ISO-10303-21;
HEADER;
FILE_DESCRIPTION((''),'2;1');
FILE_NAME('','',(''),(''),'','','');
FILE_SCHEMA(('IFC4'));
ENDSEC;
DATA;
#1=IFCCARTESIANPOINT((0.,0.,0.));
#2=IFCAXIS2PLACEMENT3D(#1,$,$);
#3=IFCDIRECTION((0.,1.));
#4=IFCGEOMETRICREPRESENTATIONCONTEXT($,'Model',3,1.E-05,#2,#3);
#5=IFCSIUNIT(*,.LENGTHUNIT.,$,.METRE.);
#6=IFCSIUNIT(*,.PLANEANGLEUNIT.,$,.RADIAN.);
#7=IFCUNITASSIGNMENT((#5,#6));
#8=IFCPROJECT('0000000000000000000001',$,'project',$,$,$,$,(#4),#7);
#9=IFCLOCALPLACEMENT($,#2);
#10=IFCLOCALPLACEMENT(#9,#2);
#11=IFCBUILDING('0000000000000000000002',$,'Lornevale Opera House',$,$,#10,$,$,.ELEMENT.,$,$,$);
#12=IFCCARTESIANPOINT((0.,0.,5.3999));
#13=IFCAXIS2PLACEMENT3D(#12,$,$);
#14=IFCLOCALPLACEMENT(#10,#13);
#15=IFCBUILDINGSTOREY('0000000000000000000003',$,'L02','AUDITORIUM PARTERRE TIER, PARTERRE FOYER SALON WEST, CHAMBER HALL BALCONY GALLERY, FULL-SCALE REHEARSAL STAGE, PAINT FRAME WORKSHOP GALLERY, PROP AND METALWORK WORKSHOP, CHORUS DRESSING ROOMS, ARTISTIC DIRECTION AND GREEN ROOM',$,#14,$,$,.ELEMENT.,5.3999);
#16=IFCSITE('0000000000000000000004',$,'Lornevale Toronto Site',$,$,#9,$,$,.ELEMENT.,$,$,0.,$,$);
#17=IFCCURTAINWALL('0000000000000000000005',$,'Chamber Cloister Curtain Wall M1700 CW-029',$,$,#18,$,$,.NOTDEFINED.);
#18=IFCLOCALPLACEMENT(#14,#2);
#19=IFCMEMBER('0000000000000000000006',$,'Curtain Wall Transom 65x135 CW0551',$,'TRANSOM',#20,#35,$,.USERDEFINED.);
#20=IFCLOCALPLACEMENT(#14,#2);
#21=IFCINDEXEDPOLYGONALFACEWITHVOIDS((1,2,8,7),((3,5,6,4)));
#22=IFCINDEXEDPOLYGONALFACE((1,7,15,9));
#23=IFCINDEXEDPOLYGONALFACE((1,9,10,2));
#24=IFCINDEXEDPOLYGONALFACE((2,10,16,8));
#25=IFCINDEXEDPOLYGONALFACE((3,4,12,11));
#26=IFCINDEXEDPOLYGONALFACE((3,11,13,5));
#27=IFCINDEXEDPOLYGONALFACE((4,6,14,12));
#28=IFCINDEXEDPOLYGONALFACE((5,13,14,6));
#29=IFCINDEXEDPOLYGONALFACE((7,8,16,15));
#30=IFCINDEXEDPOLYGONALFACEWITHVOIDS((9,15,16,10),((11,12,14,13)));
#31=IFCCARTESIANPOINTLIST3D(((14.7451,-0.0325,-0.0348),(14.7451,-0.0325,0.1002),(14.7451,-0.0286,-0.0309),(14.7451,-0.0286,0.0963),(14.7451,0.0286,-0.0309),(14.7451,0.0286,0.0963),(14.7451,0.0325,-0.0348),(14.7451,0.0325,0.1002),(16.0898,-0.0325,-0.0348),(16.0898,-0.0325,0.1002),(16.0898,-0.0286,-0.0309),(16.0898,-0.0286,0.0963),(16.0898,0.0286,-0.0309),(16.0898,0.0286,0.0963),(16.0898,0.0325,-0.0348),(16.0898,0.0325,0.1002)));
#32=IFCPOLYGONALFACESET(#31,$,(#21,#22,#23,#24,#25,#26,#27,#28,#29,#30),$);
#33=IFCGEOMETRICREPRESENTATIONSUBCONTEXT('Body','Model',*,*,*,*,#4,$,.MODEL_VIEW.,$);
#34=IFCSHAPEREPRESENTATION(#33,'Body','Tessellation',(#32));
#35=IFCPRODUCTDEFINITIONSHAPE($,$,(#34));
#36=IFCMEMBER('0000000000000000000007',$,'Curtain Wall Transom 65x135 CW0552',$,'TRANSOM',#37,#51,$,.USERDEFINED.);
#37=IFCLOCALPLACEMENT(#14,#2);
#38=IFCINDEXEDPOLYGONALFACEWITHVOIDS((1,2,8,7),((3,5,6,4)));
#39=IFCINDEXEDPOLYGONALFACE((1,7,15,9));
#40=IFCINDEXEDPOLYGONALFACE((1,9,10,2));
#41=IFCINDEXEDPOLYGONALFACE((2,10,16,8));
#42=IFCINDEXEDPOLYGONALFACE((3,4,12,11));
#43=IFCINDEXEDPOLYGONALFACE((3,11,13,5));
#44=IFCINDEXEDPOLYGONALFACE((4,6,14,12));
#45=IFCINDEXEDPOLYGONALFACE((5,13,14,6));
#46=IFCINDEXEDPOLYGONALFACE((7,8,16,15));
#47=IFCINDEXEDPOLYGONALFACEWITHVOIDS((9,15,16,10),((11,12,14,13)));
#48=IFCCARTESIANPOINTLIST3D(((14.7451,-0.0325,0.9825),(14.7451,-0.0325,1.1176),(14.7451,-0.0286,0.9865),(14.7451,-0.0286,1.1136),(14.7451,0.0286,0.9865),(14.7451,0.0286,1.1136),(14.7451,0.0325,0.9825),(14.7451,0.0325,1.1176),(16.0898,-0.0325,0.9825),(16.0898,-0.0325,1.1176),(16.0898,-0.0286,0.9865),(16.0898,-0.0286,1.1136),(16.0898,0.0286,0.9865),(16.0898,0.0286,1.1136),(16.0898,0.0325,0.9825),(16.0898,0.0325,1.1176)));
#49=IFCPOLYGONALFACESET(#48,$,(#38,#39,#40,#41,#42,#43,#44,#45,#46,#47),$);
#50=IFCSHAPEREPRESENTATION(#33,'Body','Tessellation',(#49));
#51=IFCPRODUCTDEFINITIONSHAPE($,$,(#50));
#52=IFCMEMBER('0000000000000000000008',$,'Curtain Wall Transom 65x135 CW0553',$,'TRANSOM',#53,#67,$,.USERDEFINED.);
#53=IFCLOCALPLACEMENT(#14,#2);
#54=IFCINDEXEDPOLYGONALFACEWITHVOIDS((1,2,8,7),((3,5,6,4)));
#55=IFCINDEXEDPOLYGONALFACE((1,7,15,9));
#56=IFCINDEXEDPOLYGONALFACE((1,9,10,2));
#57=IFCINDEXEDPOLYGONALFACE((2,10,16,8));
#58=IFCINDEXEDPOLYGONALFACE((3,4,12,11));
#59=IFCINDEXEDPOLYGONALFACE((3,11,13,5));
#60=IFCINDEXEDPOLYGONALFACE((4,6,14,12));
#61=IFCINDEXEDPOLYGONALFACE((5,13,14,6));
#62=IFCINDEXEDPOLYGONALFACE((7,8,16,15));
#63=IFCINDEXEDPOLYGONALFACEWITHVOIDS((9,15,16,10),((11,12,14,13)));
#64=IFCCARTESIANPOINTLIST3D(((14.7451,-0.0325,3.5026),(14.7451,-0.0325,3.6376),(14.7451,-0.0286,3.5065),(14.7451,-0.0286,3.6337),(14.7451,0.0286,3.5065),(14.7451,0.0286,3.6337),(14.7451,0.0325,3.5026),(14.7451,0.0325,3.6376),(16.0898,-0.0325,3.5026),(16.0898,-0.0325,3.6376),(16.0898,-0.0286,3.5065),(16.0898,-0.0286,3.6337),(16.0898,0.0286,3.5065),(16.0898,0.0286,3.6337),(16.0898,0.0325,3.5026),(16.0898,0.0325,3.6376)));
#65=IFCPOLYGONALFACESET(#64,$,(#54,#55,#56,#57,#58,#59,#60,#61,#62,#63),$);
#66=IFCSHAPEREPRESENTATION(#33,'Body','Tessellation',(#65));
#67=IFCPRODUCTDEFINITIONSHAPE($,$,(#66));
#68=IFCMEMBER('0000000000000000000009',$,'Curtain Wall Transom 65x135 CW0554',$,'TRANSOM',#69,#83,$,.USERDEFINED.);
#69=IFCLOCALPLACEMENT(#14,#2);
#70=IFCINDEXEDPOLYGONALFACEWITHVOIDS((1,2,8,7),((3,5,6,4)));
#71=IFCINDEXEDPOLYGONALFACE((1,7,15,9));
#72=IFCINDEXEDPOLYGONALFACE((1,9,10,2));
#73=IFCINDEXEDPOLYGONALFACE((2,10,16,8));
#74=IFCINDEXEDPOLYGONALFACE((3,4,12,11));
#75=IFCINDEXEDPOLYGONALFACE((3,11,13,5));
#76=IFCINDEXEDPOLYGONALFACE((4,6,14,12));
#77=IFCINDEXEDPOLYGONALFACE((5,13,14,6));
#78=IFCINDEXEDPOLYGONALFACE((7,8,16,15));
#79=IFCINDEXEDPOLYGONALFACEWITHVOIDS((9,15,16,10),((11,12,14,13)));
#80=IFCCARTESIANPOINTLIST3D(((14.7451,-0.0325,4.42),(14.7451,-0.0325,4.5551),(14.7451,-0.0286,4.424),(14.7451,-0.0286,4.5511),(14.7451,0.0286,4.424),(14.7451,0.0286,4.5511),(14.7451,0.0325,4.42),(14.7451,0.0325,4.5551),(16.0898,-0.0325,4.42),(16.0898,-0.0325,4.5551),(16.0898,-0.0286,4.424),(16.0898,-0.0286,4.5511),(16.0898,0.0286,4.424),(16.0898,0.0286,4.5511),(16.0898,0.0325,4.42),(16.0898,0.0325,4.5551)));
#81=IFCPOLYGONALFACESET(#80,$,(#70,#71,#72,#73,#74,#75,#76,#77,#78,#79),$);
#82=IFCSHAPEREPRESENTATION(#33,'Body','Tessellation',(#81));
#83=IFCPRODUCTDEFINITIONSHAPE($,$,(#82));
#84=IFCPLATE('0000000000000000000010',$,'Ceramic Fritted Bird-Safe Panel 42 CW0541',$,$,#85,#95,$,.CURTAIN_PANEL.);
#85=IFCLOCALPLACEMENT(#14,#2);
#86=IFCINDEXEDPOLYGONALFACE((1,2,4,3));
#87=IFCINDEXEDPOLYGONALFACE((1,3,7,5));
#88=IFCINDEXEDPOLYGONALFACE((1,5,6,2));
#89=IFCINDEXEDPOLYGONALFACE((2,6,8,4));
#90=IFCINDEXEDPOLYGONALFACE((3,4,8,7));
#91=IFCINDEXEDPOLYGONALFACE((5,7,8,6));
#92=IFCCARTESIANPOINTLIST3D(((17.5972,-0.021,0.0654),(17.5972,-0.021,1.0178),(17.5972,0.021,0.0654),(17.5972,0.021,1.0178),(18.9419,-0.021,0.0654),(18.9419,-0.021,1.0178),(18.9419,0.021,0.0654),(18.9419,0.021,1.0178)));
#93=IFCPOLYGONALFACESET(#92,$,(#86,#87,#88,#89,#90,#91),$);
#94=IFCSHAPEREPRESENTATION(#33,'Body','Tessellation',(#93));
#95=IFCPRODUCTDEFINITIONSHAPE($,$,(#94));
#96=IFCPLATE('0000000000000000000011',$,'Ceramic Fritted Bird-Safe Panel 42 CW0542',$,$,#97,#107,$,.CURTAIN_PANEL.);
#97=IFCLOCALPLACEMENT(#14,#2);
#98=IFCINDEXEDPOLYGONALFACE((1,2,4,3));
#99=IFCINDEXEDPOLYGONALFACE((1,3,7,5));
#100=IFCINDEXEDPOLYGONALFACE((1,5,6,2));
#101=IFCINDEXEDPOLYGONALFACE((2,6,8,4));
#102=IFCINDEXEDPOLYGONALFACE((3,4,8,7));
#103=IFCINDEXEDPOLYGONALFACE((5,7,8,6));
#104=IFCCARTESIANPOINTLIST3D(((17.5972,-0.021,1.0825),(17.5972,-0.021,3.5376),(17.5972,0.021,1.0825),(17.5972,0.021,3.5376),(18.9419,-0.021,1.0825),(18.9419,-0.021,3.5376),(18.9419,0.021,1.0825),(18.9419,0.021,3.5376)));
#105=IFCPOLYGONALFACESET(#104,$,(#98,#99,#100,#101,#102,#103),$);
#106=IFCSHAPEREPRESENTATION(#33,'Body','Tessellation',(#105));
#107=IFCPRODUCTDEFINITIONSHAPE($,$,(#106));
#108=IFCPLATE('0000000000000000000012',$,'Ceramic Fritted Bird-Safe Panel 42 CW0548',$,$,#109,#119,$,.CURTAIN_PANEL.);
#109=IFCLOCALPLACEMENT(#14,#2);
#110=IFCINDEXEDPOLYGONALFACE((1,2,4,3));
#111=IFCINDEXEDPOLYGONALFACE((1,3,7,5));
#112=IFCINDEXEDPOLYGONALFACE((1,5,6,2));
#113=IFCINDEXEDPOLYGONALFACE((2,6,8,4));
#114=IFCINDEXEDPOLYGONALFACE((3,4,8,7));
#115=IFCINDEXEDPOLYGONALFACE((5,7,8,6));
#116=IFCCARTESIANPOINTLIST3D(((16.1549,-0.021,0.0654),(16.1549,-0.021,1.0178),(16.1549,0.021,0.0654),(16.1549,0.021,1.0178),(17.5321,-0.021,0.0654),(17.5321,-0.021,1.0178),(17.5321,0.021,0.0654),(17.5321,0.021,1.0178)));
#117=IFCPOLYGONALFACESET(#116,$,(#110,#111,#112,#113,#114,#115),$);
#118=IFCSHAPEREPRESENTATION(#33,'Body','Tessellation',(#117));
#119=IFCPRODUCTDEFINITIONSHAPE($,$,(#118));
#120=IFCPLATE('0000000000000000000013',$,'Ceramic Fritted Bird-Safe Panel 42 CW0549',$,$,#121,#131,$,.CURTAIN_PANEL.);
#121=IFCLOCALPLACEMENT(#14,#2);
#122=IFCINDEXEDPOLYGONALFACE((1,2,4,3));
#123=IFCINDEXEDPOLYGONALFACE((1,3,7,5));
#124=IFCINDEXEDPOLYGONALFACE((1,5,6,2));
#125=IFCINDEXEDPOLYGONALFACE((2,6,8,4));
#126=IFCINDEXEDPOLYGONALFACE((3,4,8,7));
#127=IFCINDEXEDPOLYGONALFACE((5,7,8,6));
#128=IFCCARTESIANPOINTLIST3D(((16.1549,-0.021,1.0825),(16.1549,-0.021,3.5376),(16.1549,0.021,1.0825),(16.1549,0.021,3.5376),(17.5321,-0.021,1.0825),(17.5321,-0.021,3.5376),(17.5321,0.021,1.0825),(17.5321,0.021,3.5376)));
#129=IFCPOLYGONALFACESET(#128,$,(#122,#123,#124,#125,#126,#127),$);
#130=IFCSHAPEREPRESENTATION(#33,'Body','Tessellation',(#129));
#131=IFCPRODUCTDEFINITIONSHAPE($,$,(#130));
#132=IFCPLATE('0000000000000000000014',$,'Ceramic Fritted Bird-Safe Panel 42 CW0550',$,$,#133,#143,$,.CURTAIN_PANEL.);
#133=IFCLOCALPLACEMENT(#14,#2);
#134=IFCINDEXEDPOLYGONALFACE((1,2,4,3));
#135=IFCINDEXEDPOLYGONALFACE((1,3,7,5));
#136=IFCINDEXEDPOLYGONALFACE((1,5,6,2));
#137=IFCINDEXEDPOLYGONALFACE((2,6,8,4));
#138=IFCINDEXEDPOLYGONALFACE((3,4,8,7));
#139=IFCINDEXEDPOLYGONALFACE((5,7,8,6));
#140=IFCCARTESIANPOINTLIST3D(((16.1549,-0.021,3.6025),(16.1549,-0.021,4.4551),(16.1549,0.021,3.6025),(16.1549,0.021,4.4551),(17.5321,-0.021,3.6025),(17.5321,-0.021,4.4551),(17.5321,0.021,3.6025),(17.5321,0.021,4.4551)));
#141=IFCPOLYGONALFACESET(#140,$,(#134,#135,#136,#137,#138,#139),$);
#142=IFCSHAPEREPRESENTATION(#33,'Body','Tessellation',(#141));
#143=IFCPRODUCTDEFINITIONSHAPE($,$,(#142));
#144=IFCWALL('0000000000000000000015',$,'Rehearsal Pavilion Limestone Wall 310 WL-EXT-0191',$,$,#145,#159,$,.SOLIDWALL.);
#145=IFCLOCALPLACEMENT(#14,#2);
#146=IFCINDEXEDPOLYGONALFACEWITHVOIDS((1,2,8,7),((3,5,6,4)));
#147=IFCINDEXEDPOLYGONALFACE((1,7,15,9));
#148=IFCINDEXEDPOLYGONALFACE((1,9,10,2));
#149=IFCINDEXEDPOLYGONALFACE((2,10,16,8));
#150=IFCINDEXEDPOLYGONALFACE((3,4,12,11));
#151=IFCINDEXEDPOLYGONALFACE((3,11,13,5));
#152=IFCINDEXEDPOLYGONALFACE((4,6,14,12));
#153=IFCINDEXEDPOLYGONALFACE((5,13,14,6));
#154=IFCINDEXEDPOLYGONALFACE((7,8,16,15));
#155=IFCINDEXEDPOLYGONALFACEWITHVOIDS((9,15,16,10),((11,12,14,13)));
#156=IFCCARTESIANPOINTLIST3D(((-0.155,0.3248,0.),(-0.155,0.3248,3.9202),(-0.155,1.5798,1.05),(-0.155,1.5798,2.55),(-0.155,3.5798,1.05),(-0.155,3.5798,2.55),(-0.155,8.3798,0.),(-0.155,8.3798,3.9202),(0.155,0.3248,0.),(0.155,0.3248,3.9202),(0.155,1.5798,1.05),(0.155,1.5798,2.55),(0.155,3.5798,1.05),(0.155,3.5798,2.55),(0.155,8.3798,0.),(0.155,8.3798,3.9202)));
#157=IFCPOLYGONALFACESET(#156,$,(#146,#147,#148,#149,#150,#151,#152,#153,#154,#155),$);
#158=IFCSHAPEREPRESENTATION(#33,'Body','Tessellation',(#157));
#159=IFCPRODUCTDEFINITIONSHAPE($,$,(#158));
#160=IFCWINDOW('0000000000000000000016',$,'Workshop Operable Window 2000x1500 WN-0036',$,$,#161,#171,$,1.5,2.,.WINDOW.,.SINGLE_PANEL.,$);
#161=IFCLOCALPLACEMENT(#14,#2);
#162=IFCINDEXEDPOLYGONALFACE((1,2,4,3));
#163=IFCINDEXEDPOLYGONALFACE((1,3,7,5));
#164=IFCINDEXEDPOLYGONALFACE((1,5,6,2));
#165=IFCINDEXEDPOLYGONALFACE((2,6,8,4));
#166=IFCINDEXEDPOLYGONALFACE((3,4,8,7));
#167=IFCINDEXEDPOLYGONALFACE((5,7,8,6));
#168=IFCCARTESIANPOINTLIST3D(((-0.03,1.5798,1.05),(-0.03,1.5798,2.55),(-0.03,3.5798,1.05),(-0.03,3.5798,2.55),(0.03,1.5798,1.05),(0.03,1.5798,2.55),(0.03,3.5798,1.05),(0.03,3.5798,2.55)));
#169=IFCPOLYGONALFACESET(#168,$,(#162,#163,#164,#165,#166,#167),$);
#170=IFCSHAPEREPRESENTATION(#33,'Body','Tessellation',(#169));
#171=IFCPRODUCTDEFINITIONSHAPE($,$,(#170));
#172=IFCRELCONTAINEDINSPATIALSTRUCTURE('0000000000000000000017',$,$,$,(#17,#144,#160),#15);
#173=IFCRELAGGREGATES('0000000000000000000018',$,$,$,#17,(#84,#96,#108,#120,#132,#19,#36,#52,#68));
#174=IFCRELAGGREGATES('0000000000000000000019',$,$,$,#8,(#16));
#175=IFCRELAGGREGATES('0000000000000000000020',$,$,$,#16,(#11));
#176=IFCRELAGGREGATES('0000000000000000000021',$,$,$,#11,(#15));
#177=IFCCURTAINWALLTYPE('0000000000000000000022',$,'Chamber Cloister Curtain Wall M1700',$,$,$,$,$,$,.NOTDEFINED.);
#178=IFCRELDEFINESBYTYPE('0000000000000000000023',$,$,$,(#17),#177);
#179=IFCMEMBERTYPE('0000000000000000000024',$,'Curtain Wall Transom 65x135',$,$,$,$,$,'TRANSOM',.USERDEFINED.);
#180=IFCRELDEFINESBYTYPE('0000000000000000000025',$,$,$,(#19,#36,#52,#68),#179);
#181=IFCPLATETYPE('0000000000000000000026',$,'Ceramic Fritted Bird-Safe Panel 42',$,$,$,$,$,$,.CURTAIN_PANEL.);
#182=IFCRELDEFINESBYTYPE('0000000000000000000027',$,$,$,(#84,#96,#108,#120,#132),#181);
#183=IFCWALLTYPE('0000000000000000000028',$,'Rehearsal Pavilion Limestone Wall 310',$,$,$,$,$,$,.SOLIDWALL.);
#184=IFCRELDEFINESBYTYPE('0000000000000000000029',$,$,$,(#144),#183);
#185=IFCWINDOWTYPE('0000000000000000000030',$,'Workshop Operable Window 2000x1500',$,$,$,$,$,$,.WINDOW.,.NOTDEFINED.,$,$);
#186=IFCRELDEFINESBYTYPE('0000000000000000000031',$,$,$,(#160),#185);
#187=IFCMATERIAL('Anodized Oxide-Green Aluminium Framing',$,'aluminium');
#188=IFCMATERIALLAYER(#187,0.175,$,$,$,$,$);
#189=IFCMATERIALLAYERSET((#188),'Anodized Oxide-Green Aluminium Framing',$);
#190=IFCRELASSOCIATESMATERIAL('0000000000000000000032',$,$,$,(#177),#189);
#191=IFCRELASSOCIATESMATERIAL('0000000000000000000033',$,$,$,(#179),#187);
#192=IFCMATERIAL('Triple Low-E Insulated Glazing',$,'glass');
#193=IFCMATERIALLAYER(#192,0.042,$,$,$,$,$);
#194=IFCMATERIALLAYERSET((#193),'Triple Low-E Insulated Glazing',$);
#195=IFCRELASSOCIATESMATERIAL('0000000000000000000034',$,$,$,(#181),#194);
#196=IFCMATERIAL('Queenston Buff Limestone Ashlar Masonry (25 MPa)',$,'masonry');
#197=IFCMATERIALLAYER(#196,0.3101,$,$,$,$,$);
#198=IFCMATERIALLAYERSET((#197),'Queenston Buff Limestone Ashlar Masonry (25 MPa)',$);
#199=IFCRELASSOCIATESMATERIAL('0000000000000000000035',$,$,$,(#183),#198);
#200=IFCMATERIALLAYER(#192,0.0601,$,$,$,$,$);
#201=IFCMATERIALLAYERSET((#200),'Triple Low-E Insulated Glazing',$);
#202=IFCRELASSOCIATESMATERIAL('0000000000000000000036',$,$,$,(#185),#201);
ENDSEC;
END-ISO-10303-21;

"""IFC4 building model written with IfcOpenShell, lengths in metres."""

from ifc_helpers import new_model, si_unit, direction, frame, frame_2d, origin, origin_2d, place, context, subcontext, project, spatial, rectangle, hollow_rectangle, extrude, material, layer, layer_set, material_profile, profile_set, type_object, element, fill, aggregate, save


model = new_model("IFC4")

# Units and contexts
model_context = context("Model", 3, precision=1e-05, world=origin(), true_north=direction((0.0, 1.0)))
body_context = subcontext(model_context, "Body", "Model", "MODEL_VIEW")
ifc_project = project(units=[si_unit("LENGTHUNIT", "METRE"), si_unit("PLANEANGLEUNIT", "RADIAN")], contexts=[model_context])

# Site, building, storey
site_placement = place(None, origin())
site = spatial("IfcSite", under=ifc_project, at=site_placement, Name="Lornevale Toronto Site", CompositionType="ELEMENT", RefElevation=0.0)
building_placement = place(site_placement, origin())
building = spatial("IfcBuilding", under=site, at=building_placement, Name="Lornevale Opera House", CompositionType="ELEMENT")
storey_placement = place(building_placement, frame((0.0, 0.0, 5.3999)))
storey = spatial("IfcBuildingStorey", under=building, at=storey_placement, Name="L02", Description="AUDITORIUM PARTERRE TIER, PARTERRE FOYER SALON WEST, CHAMBER HALL BALCONY GALLERY, FULL-SCALE REHEARSAL STAGE, PAINT FRAME WORKSHOP GALLERY, PROP AND METALWORK WORKSHOP, CHORUS DRESSING ROOMS, ARTISTIC DIRECTION AND GREEN ROOM", CompositionType="ELEMENT", Elevation=5.3999)

# Curtain wall, members, plates
ifc_material_1 = material(Name="Anodized Oxide-Green Aluminium Framing", Category="aluminium")
ifc_layer_1 = layer(ifc_material_1, 0.175)
ifc_layer_set_1 = layer_set([ifc_layer_1], Name="Anodized Oxide-Green Aluminium Framing")
curtain_wall_type = type_object("IfcCurtainWallType", Name="Chamber Cloister Curtain Wall M1700", PredefinedType="NOTDEFINED", material=ifc_layer_set_1)
curtain_wall_placement = place(storey_placement, origin())
curtain_wall = element("IfcCurtainWall", 1, at=curtain_wall_placement, inside=storey, type_object=curtain_wall_type, Name="Chamber Cloister Curtain Wall M1700 CW-029", PredefinedType="NOTDEFINED")
ifc_material_profile_1 = material_profile(ifc_material_1, hollow_rectangle(XDim=0.0649, YDim=0.135, WallThickness=0.0039, at=origin_2d()), Name="ALU65x135x4")
ifc_profile_set_1 = profile_set([ifc_material_profile_1], Name="Anodized Oxide-Green Aluminium Framing")
member_type_1 = type_object("IfcMemberType", Name="Curtain Wall Transom 65x135", ElementType="TRANSOM", PredefinedType="USERDEFINED", material=ifc_profile_set_1)
member_1_placement = place(storey_placement, frame((16.0898, 0.0, 0.0327), z_axis=(-1.0, 0.0, 0.0), x_axis=(0.0, -1.0, 0.0)))
member_1 = element("IfcMember", 2, at=member_1_placement, type_object=member_type_1, Name="Curtain Wall Transom 65x135 CW0551", ObjectType="TRANSOM", PredefinedType="USERDEFINED", context=body_context, shape_type="SweptSolid", body=[
    extrude(hollow_rectangle(XDim=0.0649, YDim=0.135, WallThickness=0.0039, at=origin_2d()), origin(), (0.0, 0.0, 1.0), 1.3447),
])
member_2_placement = place(storey_placement, frame((16.0898, 0.0, 1.05), z_axis=(-1.0, 0.0, 0.0), x_axis=(0.0, -1.0, 0.0)))
member_2 = element("IfcMember", 3, at=member_2_placement, type_object=member_type_1, Name="Curtain Wall Transom 65x135 CW0552", ObjectType="TRANSOM", PredefinedType="USERDEFINED", context=body_context, shape_type="SweptSolid", body=[
    extrude(hollow_rectangle(XDim=0.0649, YDim=0.135, WallThickness=0.0039, at=origin_2d()), origin(), (0.0, 0.0, 1.0), 1.3447),
])
member_3_placement = place(storey_placement, frame((16.0898, 0.0, 3.5701), z_axis=(-1.0, 0.0, 0.0), x_axis=(0.0, -1.0, 0.0)))
member_3 = element("IfcMember", 4, at=member_3_placement, type_object=member_type_1, Name="Curtain Wall Transom 65x135 CW0553", ObjectType="TRANSOM", PredefinedType="USERDEFINED", context=body_context, shape_type="SweptSolid", body=[
    extrude(hollow_rectangle(XDim=0.0649, YDim=0.135, WallThickness=0.0039, at=origin_2d()), origin(), (0.0, 0.0, 1.0), 1.3447),
])
member_4_placement = place(storey_placement, frame((16.0898, 0.0, 4.4875), z_axis=(-1.0, 0.0, 0.0), x_axis=(0.0, -1.0, 0.0)))
member_4 = element("IfcMember", 5, at=member_4_placement, type_object=member_type_1, Name="Curtain Wall Transom 65x135 CW0554", ObjectType="TRANSOM", PredefinedType="USERDEFINED", context=body_context, shape_type="SweptSolid", body=[
    extrude(hollow_rectangle(XDim=0.0649, YDim=0.135, WallThickness=0.0039, at=origin_2d()), origin(), (0.0, 0.0, 1.0), 1.3447),
])
ifc_material_2 = material(Name="Triple Low-E Insulated Glazing", Category="glass")
ifc_layer_2 = layer(ifc_material_2, 0.042)
ifc_layer_set_2 = layer_set([ifc_layer_2], Name="Triple Low-E Insulated Glazing")
plate_type = type_object("IfcPlateType", Name="Ceramic Fritted Bird-Safe Panel 42", PredefinedType="CURTAIN_PANEL", material=ifc_layer_set_2)
plate_1_placement = place(storey_placement, frame((18.2695, 0.0, 0.0654), z_axis=(0.0, 0.0, 1.0), x_axis=(-1.0, 0.0, 0.0)))
plate_1 = element("IfcPlate", 6, at=plate_1_placement, type_object=plate_type, Name="Ceramic Fritted Bird-Safe Panel 42 CW0541", PredefinedType="CURTAIN_PANEL", context=body_context, shape_type="SweptSolid", body=[
    extrude(rectangle(XDim=1.3447, YDim=0.042, at=origin_2d()), origin(), (0.0, 0.0, 1.0), 0.9524),
])
plate_2_placement = place(storey_placement, frame((18.2695, 0.0, 1.0825), z_axis=(0.0, 0.0, 1.0), x_axis=(-1.0, 0.0, 0.0)))
plate_2 = element("IfcPlate", 7, at=plate_2_placement, type_object=plate_type, Name="Ceramic Fritted Bird-Safe Panel 42 CW0542", PredefinedType="CURTAIN_PANEL", context=body_context, shape_type="SweptSolid", body=[
    extrude(rectangle(XDim=1.3447, YDim=0.042, at=origin_2d()), origin(), (0.0, 0.0, 1.0), 2.4551),
])
plate_3_placement = place(storey_placement, frame((16.8435, 0.0, 0.0654), z_axis=(0.0, 0.0, 1.0), x_axis=(-1.0, 0.0, 0.0)))
plate_3 = element("IfcPlate", 8, at=plate_3_placement, type_object=plate_type, Name="Ceramic Fritted Bird-Safe Panel 42 CW0548", PredefinedType="CURTAIN_PANEL", context=body_context, shape_type="SweptSolid", body=[
    extrude(rectangle(XDim=1.3772, YDim=0.042, at=origin_2d()), origin(), (0.0, 0.0, 1.0), 0.9524),
])
plate_4_placement = place(storey_placement, frame((16.8435, 0.0, 1.0825), z_axis=(0.0, 0.0, 1.0), x_axis=(-1.0, 0.0, 0.0)))
plate_4 = element("IfcPlate", 9, at=plate_4_placement, type_object=plate_type, Name="Ceramic Fritted Bird-Safe Panel 42 CW0549", PredefinedType="CURTAIN_PANEL", context=body_context, shape_type="SweptSolid", body=[
    extrude(rectangle(XDim=1.3772, YDim=0.042, at=origin_2d()), origin(), (0.0, 0.0, 1.0), 2.4551),
])
plate_5_placement = place(storey_placement, frame((16.8435, 0.0, 3.6025), z_axis=(0.0, 0.0, 1.0), x_axis=(-1.0, 0.0, 0.0)))
plate_5 = element("IfcPlate", 10, at=plate_5_placement, type_object=plate_type, Name="Ceramic Fritted Bird-Safe Panel 42 CW0550", PredefinedType="CURTAIN_PANEL", context=body_context, shape_type="SweptSolid", body=[
    extrude(rectangle(XDim=1.3772, YDim=0.042, at=origin_2d()), origin(), (0.0, 0.0, 1.0), 0.8525),
])
aggregate(curtain_wall, [plate_1, plate_2, plate_3, plate_4, plate_5, member_1, member_2, member_3, member_4])

# Wall, opening, window
ifc_material_3 = material(Name="Queenston Buff Limestone Ashlar Masonry (25 MPa)", Category="masonry")
ifc_layer_3 = layer(ifc_material_3, 0.3101)
ifc_layer_set_3 = layer_set([ifc_layer_3], Name="Queenston Buff Limestone Ashlar Masonry (25 MPa)")
wall_type = type_object("IfcWallType", Name="Rehearsal Pavilion Limestone Wall 310", PredefinedType="SOLIDWALL", material=ifc_layer_set_3)
wall_1_placement = place(storey_placement, frame((0.0, 0.325, 0.0), z_axis=(0.0, 0.0, 1.0), x_axis=(0.0, 1.0, 0.0)))
wall_1 = element("IfcWall", 11, at=wall_1_placement, inside=storey, type_object=wall_type, Name="Rehearsal Pavilion Limestone Wall 310 WL-EXT-0191", PredefinedType="SOLIDWALL", context=body_context, shape_type="SweptSolid", body=[
    extrude(rectangle(XDim=8.0549, YDim=0.3101, at=frame_2d((4.0273, 0.0))), origin(), (0.0, 0.0, 1.0), 3.9202),
])
opening_1_placement = place(wall_1_placement, frame((1.2549, 0.0, 1.05)))
opening_1 = element("IfcOpeningElement", 12, at=opening_1_placement, cuts=wall_1, PredefinedType="OPENING", context=body_context, shape_type="SweptSolid", body=[
    extrude(rectangle(XDim=2.0, YDim=1.5, at=frame_2d((1.0, 0.75))), frame((0.0, 0.165, 0.0), z_axis=(0.0, -1.0, 0.0), x_axis=(1.0, 0.0, 0.0)), (0.0, 0.0, 1.0), 0.3301),
])
ifc_layer_4 = layer(ifc_material_2, 0.0601)
ifc_layer_set_4 = layer_set([ifc_layer_4], Name="Triple Low-E Insulated Glazing")
window_type_1 = type_object("IfcWindowType", Name="Workshop Operable Window 2000x1500", PartitioningType="NOTDEFINED", PredefinedType="WINDOW", material=ifc_layer_set_4)
window_1_placement = place(opening_1_placement, origin())
window_1 = element("IfcWindow", 13, at=window_1_placement, inside=storey, type_object=window_type_1, Name="Workshop Operable Window 2000x1500 WN-0036", OverallHeight=1.5, OverallWidth=2.0, PartitioningType="SINGLE_PANEL", PredefinedType="WINDOW", context=body_context, shape_type="SweptSolid", body=[
    extrude(rectangle(XDim=2.0, YDim=1.5, at=frame_2d((1.0, 0.75))), frame((0.0, 0.03, 0.0), z_axis=(0.0, -1.0, 0.0), x_axis=(1.0, 0.0, 0.0)), (0.0, 0.0, 1.0), 0.0601),
])
fill(opening_1, window_1)

save(model, "model.ifc")
